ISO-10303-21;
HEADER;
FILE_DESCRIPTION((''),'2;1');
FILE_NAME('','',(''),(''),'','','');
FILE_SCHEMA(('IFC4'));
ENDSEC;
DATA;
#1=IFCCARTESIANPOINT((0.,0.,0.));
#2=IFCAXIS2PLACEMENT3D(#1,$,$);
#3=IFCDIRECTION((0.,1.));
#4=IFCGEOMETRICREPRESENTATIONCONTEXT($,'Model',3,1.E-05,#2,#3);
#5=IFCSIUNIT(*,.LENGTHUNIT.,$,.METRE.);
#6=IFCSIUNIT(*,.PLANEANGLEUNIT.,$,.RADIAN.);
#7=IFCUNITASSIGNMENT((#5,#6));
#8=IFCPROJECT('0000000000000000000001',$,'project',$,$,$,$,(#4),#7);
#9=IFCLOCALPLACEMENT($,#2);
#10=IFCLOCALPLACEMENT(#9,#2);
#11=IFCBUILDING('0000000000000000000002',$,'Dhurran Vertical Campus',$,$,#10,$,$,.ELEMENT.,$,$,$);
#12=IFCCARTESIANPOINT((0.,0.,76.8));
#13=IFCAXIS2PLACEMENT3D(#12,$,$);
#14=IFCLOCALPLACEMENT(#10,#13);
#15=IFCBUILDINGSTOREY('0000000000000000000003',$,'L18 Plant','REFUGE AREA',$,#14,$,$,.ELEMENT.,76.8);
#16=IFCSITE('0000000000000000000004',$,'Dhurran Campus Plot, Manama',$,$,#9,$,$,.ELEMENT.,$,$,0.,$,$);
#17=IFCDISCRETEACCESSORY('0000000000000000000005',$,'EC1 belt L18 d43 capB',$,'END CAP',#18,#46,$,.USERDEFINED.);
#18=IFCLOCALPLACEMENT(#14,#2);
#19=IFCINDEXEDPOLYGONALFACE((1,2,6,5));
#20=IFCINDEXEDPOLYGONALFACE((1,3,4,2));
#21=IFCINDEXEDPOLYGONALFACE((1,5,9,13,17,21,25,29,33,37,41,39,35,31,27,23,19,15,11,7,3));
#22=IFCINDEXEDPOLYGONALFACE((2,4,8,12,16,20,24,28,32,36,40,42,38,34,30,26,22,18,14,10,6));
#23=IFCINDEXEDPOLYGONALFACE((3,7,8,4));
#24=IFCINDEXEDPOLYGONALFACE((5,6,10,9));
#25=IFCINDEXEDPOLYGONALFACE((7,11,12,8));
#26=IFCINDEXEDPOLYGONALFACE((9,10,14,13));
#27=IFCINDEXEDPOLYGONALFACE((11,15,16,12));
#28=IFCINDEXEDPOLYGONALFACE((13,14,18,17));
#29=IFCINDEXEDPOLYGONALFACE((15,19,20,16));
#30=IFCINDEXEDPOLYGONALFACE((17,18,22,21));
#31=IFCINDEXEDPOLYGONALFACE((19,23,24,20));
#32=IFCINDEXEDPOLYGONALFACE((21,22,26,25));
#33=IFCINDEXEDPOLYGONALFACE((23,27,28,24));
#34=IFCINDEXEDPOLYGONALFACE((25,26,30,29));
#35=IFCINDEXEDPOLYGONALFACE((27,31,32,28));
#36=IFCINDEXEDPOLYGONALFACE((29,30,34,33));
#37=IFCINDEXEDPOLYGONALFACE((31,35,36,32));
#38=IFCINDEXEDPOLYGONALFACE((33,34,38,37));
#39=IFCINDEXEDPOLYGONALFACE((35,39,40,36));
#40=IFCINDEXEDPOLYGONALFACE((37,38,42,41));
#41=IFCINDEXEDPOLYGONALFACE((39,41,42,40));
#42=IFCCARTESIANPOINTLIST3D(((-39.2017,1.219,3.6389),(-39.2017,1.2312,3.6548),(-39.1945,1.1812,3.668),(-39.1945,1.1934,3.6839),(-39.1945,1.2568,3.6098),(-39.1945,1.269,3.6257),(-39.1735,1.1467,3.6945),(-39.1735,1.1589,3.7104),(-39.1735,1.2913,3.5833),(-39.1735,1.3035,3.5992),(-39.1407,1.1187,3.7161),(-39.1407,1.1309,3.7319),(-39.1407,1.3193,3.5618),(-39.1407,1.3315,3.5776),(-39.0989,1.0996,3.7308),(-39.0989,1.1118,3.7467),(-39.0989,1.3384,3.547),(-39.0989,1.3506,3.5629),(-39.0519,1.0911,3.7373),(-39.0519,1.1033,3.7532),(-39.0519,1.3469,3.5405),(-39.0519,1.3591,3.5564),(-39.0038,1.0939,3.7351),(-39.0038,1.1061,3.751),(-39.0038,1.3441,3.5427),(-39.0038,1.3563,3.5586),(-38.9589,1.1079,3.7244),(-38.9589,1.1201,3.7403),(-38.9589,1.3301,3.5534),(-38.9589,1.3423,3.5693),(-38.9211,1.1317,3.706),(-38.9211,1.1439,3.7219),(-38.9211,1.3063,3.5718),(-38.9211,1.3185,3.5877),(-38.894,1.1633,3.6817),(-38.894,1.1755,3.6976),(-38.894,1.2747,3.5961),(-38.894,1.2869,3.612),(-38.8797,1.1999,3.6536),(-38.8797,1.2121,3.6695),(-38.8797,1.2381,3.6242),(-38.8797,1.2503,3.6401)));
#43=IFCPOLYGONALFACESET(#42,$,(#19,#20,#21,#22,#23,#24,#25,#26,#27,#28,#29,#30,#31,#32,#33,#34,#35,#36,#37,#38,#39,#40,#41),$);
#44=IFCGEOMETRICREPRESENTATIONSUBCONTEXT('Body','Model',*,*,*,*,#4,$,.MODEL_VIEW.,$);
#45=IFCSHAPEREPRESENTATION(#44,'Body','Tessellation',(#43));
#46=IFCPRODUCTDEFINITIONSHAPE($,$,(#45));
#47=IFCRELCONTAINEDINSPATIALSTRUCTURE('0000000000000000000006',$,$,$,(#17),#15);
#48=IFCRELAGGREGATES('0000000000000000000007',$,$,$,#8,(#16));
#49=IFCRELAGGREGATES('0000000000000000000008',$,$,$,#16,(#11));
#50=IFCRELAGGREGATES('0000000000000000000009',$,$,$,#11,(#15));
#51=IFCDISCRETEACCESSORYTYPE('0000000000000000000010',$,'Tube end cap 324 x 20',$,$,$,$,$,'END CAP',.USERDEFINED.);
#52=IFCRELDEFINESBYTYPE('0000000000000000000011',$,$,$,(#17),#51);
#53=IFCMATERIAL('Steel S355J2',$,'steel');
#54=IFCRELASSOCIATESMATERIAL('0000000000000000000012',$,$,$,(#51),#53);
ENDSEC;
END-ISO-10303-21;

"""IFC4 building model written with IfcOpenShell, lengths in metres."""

from ifc_helpers import new_model, si_unit, direction, frame, origin, origin_2d, place, context, subcontext, project, spatial, circle, extrude, material, material_profile, profile_set, type_object, element, save


model = new_model("IFC4")

# Units and contexts
model_context = context("Model", 3, precision=1e-05, world=origin(), true_north=direction((0.0, 1.0)))
body_context = subcontext(model_context, "Body", "Model", "MODEL_VIEW")
ifc_project = project(units=[si_unit("LENGTHUNIT", "METRE"), si_unit("PLANEANGLEUNIT", "RADIAN")], contexts=[model_context])

# Site, building, storey
site_placement = place(None, origin())
site = spatial("IfcSite", under=ifc_project, at=site_placement, Name="Dhurran Campus Plot, Manama", CompositionType="ELEMENT", RefElevation=0.0)
building_placement = place(site_placement, origin())
building = spatial("IfcBuilding", under=site, at=building_placement, Name="Dhurran Vertical Campus", CompositionType="ELEMENT")
storey_placement = place(building_placement, frame((0.0, 0.0, 76.8)))
storey = spatial("IfcBuildingStorey", under=building, at=storey_placement, Name="L18 Plant", Description="REFUGE AREA", CompositionType="ELEMENT", Elevation=76.8)

# Discrete accessory
ifc_material_1 = material(Name="Steel S355J2", Category="steel")
ifc_material_profile_1 = material_profile(ifc_material_1, circle(Radius=0.1619, at=origin_2d()), Name="Tube end cap 324 x 20")
ifc_profile_set_1 = profile_set([ifc_material_profile_1], Name="Steel S355J2")
discrete_accessory_type = type_object("IfcDiscreteAccessoryType", Name="Tube end cap 324 x 20", ElementType="END CAP", PredefinedType="USERDEFINED", material=ifc_profile_set_1)
for number, where, z_axis, x_axis, name in (
    (1, (-39.0398, 1.219, 3.6389), (0.0, 0.609711, 0.792624), (-1.0, 0.0, 0.0), "EC1 belt L18 d43 capB"),
):
    element("IfcDiscreteAccessory", number, at=place(storey_placement, frame(where, z_axis=z_axis, x_axis=x_axis)), inside=storey, type_object=discrete_accessory_type, Name=name, ObjectType="END CAP", PredefinedType="USERDEFINED", context=body_context, shape_type="SweptSolid", body=[
        extrude(circle(Radius=0.1619, at=origin_2d()), origin(), (0.0, 0.0, 1.0), 0.02),
    ])

save(model, "model.ifc")
